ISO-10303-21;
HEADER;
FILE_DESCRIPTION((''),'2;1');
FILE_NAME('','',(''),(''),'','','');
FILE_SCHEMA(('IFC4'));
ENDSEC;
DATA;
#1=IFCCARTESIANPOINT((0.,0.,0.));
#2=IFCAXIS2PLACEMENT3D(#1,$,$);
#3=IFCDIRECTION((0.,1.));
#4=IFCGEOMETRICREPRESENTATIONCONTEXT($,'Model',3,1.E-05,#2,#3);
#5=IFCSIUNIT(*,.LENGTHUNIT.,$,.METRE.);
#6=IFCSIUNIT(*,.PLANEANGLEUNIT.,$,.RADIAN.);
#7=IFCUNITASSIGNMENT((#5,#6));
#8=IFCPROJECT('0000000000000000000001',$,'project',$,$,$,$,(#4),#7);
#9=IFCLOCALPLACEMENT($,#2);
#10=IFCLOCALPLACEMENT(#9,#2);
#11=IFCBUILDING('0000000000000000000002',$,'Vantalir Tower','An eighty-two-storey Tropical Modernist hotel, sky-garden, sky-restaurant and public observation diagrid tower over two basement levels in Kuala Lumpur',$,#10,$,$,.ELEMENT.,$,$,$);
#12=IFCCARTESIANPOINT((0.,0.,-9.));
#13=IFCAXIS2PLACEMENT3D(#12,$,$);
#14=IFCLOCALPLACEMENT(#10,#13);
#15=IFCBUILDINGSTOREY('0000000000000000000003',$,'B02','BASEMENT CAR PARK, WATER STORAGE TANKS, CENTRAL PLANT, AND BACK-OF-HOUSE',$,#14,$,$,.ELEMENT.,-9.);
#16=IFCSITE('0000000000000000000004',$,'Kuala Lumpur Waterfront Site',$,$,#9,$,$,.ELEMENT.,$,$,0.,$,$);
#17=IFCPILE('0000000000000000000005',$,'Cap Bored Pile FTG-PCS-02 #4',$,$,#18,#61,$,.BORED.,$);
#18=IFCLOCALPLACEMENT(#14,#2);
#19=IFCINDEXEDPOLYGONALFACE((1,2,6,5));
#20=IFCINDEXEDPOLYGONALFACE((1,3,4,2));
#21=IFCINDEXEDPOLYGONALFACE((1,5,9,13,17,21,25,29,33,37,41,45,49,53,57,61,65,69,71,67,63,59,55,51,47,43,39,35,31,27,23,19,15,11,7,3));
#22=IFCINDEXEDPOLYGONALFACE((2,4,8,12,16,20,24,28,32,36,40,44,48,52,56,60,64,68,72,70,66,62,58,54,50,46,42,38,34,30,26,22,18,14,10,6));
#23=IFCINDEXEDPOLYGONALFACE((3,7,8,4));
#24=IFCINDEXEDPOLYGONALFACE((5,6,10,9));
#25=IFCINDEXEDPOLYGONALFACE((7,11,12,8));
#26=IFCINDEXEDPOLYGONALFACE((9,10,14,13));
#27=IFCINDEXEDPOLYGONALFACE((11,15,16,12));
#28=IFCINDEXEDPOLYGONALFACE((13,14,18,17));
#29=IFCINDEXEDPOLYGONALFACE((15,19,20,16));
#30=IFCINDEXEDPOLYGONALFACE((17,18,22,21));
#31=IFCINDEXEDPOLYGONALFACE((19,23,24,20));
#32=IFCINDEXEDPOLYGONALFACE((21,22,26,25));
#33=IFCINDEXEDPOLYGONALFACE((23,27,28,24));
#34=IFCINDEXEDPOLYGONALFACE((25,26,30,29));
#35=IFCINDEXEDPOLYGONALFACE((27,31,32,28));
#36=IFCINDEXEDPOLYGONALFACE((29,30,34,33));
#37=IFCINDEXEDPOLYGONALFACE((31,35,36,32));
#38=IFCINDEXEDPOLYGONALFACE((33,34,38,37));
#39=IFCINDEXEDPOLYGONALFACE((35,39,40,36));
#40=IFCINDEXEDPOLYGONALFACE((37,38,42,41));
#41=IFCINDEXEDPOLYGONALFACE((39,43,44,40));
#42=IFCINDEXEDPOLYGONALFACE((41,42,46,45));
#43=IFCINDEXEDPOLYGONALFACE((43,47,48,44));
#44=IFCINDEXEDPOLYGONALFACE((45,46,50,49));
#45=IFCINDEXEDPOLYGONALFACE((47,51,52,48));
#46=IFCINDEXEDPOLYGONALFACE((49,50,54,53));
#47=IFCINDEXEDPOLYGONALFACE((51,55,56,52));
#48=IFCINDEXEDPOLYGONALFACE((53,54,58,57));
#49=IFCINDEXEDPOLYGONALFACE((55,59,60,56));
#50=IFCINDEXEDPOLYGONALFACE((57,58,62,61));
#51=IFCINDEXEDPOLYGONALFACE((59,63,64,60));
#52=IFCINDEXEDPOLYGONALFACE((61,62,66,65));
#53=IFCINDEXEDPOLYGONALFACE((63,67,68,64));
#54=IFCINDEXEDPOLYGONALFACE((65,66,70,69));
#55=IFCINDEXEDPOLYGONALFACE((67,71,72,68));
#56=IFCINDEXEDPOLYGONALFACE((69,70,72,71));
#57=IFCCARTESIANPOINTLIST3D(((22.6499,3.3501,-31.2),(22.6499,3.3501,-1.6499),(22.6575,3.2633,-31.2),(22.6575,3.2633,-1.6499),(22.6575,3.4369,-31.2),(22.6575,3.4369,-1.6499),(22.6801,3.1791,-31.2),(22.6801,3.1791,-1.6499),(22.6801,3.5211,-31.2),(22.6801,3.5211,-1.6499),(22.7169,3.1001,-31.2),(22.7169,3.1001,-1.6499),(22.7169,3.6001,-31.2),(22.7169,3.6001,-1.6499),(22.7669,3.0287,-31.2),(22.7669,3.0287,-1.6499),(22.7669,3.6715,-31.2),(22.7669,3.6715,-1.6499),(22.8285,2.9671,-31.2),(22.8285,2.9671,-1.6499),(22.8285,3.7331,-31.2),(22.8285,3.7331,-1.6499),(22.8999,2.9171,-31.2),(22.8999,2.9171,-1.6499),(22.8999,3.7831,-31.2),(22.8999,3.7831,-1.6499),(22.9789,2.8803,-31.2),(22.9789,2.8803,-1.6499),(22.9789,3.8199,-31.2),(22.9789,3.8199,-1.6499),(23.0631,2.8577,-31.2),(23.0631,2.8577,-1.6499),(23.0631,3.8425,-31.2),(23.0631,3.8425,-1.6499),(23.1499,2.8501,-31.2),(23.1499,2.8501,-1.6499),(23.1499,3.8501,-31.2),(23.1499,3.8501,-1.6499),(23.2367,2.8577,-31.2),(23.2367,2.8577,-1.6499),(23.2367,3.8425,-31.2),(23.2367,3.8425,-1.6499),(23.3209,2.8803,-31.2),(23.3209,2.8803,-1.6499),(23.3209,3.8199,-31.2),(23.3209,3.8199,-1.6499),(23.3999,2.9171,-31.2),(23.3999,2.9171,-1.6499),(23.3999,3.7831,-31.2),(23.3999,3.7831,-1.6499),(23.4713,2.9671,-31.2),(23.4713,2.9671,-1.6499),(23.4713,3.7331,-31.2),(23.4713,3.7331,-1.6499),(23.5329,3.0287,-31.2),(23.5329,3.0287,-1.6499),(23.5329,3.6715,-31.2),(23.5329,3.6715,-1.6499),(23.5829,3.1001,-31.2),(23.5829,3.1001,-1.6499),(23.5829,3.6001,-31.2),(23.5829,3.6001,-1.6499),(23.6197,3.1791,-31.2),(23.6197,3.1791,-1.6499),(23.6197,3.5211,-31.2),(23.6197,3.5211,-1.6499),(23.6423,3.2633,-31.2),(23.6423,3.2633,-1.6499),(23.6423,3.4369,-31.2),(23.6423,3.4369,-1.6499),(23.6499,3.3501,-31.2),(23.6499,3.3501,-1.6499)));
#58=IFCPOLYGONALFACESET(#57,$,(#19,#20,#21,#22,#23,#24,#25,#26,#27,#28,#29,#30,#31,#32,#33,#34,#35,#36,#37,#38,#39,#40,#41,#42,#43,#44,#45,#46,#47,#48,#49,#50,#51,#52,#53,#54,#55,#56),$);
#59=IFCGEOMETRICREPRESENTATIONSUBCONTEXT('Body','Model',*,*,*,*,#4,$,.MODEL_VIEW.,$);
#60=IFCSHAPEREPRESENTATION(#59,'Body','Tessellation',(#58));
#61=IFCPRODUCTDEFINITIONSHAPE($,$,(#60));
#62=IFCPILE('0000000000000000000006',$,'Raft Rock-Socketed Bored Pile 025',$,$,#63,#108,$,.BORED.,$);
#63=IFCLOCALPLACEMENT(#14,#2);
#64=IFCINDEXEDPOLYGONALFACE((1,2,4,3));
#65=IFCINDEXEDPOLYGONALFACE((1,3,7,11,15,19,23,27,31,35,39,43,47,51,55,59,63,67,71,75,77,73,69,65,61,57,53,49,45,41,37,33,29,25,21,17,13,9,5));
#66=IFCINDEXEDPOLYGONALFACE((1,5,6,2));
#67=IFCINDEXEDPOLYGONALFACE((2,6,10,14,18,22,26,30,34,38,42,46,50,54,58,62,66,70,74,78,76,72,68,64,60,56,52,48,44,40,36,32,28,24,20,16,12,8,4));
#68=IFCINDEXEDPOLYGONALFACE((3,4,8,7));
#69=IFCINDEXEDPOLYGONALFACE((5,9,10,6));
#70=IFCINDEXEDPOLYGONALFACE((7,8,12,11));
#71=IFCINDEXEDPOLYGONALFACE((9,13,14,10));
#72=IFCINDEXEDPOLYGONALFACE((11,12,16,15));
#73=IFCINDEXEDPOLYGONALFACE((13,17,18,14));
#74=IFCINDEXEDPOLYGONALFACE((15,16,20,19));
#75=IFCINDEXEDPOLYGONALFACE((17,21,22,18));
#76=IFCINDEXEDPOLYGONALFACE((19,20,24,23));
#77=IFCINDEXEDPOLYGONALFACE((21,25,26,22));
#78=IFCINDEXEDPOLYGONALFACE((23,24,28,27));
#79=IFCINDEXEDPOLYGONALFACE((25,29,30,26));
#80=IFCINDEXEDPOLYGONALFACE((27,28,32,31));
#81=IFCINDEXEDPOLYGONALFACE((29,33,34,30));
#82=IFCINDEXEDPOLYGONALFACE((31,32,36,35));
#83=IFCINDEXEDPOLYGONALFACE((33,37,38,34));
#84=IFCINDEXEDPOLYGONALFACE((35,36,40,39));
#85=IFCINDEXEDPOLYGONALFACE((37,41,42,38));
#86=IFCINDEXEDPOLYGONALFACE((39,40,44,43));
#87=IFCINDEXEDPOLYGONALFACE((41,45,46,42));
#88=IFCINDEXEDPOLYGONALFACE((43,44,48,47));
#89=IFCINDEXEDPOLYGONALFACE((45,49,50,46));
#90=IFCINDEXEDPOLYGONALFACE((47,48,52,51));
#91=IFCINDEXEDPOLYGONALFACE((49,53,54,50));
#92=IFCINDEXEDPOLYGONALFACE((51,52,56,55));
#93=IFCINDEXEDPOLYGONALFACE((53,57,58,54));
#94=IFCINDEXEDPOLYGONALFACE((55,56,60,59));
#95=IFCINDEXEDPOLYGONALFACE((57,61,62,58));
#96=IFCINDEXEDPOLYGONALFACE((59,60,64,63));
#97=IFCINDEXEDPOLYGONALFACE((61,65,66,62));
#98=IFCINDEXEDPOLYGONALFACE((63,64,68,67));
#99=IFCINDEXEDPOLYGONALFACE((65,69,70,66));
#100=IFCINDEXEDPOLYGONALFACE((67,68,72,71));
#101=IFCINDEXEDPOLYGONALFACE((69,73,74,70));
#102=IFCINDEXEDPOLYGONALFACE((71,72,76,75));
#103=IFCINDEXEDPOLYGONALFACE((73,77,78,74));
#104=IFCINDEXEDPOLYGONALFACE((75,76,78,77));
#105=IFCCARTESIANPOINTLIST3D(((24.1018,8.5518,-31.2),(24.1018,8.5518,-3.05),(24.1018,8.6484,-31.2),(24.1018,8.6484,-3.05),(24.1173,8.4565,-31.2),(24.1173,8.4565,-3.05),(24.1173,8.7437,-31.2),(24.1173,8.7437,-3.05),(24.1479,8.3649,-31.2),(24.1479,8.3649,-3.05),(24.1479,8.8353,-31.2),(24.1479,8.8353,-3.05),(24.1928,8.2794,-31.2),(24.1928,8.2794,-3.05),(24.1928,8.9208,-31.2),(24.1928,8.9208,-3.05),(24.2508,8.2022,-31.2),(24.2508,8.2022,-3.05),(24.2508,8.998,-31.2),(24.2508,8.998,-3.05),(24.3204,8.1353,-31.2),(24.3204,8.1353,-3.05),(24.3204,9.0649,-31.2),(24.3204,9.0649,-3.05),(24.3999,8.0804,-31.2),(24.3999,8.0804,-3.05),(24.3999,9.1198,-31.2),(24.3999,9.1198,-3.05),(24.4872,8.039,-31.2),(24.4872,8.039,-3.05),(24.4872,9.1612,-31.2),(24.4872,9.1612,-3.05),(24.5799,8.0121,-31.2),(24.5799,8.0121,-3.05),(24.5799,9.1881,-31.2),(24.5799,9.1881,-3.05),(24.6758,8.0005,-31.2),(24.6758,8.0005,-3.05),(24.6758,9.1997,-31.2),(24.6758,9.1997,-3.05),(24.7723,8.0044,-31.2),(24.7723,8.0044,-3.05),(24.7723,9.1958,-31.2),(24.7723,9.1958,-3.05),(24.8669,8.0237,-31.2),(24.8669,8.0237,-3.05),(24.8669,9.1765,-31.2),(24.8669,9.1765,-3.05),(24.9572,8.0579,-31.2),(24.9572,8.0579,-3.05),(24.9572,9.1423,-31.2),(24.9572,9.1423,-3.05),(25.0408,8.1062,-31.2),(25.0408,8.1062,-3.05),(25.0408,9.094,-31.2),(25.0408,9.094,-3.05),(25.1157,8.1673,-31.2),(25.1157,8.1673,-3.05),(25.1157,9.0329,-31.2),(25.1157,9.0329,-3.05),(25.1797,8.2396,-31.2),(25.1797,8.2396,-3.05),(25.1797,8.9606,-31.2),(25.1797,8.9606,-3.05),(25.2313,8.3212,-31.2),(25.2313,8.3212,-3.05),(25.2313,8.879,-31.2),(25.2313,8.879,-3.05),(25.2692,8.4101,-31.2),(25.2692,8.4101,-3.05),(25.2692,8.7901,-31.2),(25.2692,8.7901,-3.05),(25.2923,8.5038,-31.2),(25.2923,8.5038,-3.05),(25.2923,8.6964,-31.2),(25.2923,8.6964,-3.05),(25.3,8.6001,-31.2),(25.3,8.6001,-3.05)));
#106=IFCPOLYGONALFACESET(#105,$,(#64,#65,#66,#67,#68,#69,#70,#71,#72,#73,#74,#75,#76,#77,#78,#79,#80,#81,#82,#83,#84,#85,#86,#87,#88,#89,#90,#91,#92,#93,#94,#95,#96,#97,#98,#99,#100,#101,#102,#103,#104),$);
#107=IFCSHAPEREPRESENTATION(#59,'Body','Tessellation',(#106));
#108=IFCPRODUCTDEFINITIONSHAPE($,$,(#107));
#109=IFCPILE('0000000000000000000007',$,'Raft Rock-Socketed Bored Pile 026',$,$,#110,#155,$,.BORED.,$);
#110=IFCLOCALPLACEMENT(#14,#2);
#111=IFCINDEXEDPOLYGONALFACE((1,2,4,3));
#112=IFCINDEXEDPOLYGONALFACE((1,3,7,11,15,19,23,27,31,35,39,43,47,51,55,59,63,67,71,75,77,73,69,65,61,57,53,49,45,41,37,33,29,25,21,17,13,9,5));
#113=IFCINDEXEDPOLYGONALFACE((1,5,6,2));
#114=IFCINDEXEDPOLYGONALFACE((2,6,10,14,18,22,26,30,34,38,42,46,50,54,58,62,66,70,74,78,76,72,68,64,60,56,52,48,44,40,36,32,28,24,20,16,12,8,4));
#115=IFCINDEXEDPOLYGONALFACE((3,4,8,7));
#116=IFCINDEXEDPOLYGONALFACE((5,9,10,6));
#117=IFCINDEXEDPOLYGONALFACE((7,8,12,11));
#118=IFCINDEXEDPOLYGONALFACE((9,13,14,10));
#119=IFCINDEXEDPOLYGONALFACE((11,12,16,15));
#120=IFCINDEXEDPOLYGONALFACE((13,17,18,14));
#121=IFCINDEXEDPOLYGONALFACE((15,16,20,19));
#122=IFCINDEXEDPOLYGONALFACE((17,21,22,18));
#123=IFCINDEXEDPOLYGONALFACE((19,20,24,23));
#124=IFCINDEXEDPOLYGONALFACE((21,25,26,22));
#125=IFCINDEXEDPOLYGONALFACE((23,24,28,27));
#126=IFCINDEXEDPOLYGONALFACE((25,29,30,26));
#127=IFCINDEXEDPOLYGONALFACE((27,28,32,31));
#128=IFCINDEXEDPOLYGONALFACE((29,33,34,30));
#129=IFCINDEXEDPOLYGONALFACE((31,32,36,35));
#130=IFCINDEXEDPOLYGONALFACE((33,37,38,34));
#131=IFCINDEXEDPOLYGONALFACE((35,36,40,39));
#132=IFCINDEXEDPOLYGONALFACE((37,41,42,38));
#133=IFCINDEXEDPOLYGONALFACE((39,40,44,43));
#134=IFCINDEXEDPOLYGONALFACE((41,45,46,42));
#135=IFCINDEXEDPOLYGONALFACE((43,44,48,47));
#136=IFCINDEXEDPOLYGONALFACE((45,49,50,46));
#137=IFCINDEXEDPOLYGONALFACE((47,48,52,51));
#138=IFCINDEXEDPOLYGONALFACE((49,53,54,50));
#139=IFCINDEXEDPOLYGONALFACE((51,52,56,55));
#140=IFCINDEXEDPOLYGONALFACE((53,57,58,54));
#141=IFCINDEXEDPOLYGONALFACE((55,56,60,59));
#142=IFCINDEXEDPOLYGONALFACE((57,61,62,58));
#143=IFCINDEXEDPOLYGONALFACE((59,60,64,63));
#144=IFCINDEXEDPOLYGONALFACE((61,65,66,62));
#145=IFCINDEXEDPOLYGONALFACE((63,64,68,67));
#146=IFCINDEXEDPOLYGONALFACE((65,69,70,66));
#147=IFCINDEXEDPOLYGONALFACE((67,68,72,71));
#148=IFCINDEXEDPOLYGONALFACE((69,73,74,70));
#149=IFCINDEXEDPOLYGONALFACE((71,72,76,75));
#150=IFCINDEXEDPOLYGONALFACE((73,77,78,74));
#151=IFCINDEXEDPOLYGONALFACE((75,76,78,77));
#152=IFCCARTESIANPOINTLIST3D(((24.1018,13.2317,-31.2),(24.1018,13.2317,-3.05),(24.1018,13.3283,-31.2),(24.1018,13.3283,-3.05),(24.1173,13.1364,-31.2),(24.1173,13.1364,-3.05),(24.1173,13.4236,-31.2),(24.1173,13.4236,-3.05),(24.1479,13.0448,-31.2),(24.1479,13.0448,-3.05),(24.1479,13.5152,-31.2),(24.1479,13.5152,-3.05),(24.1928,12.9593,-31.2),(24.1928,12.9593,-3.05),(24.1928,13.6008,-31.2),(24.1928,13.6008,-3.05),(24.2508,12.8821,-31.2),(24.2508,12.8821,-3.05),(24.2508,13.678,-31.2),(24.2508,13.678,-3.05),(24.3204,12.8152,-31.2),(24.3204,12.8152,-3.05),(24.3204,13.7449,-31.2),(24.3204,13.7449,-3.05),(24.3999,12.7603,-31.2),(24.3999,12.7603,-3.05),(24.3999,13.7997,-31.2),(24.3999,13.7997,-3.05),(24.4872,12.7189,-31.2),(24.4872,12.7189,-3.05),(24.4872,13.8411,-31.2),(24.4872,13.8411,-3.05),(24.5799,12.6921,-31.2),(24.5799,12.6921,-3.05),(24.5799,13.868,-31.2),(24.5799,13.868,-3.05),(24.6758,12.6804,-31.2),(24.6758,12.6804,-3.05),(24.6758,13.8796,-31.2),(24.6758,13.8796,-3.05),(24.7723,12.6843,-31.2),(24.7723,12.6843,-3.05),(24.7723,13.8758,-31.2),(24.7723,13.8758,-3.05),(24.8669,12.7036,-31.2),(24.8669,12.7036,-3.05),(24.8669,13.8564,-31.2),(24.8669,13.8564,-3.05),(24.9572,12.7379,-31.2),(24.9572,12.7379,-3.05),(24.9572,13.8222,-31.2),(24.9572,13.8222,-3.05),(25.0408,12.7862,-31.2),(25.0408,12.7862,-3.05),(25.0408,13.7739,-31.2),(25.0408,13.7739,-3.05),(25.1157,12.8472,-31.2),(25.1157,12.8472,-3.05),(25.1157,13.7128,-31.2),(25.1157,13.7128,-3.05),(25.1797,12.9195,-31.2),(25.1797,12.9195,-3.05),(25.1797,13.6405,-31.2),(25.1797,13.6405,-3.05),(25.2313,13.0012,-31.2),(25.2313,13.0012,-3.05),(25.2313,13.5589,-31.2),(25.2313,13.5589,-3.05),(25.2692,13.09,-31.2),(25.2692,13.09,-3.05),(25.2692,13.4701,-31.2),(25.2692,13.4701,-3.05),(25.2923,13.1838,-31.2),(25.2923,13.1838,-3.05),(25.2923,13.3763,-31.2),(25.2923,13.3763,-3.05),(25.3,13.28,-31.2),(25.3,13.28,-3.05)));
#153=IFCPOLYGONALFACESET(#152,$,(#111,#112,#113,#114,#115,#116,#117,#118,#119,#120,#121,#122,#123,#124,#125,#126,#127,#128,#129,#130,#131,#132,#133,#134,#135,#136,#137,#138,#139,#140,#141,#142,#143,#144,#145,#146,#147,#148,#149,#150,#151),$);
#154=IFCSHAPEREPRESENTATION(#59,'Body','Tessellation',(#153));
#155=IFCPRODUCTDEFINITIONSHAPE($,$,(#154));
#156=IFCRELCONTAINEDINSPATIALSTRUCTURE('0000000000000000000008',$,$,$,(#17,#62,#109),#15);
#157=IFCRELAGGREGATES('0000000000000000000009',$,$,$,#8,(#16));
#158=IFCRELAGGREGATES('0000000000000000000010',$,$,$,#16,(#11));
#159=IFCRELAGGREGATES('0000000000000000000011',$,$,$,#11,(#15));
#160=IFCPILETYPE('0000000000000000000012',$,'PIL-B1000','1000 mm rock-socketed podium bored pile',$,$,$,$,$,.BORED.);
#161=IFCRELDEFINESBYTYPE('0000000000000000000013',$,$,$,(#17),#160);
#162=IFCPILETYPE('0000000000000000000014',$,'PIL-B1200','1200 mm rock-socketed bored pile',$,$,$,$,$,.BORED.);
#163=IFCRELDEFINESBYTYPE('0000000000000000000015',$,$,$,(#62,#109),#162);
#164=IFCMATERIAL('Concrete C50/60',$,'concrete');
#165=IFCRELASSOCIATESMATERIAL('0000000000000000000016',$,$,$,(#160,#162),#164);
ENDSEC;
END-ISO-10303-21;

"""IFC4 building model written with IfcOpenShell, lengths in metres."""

from ifc_helpers import new_model, si_unit, direction, frame, origin, origin_2d, place, context, subcontext, project, spatial, circle, extrude, material, material_profile, profile_set, type_object, element, save


model = new_model("IFC4")

# Units and contexts
model_context = context("Model", 3, precision=1e-05, world=origin(), true_north=direction((0.0, 1.0)))
body_context = subcontext(model_context, "Body", "Model", "MODEL_VIEW")
ifc_project = project(units=[si_unit("LENGTHUNIT", "METRE"), si_unit("PLANEANGLEUNIT", "RADIAN")], contexts=[model_context])

# Site, building, storey
site_placement = place(None, origin())
site = spatial("IfcSite", under=ifc_project, at=site_placement, Name="Kuala Lumpur Waterfront Site", CompositionType="ELEMENT", RefElevation=0.0)
building_placement = place(site_placement, origin())
building = spatial("IfcBuilding", under=site, at=building_placement, Name="Vantalir Tower", Description="An eighty-two-storey Tropical Modernist hotel, sky-garden, sky-restaurant and public observation diagrid tower over two basement levels in Kuala Lumpur", CompositionType="ELEMENT")
storey_placement = place(building_placement, frame((0.0, 0.0, -9.0)))
storey = spatial("IfcBuildingStorey", under=building, at=storey_placement, Name="B02", Description="BASEMENT CAR PARK, WATER STORAGE TANKS, CENTRAL PLANT, AND BACK-OF-HOUSE", CompositionType="ELEMENT", Elevation=-9.0)

# Shared definitions
ifc_material_1 = material(Name="Concrete C50/60", Category="concrete")

# Piles
ifc_material_profile_1 = material_profile(ifc_material_1, circle(Radius=0.5, at=origin_2d()), Name="Concrete C50/60")
ifc_profile_set_1 = profile_set([ifc_material_profile_1], Name="Concrete C50/60")
pile_type_1 = type_object("IfcPileType", Name="PIL-B1000", Description="1000 mm rock-socketed podium bored pile", PredefinedType="BORED", material=ifc_profile_set_1)
for number, where, z_axis, x_axis, name in (
    (1, (23.1499, 3.3501, -1.6499), (0.0, 0.0, -1.0), (1.0, 0.0, 0.0), "Cap Bored Pile FTG-PCS-02 #4"),
):
    element("IfcPile", number, at=place(storey_placement, frame(where, z_axis=z_axis, x_axis=x_axis)), inside=storey, type_object=pile_type_1, Name=name, PredefinedType="BORED", context=body_context, shape_type="SweptSolid", body=[
        extrude(circle(Radius=0.5, at=origin_2d()), origin(), (0.0, 0.0, 1.0), 29.55),
    ])
ifc_material_profile_2 = material_profile(ifc_material_1, circle(Radius=0.6001, at=origin_2d()), Name="Concrete C50/60")
ifc_profile_set_2 = profile_set([ifc_material_profile_2], Name="Concrete C50/60")
pile_type_2 = type_object("IfcPileType", Name="PIL-B1200", Description="1200 mm rock-socketed bored pile", PredefinedType="BORED", material=ifc_profile_set_2)
for number, where, z_axis, x_axis, name in (
    (2, (24.7, 8.6001, -3.05), (0.0, 0.0, -1.0), (1.0, 0.0, 0.0), "Raft Rock-Socketed Bored Pile 025"),
    (3, (24.7, 13.28, -3.05), (0.0, 0.0, -1.0), (1.0, 0.0, 0.0), "Raft Rock-Socketed Bored Pile 026"),
):
    element("IfcPile", number, at=place(storey_placement, frame(where, z_axis=z_axis, x_axis=x_axis)), inside=storey, type_object=pile_type_2, Name=name, PredefinedType="BORED", context=body_context, shape_type="SweptSolid", body=[
        extrude(circle(Radius=0.6001, at=origin_2d()), origin(), (0.0, 0.0, 1.0), 28.1499),
    ])

save(model, "model.ifc")
